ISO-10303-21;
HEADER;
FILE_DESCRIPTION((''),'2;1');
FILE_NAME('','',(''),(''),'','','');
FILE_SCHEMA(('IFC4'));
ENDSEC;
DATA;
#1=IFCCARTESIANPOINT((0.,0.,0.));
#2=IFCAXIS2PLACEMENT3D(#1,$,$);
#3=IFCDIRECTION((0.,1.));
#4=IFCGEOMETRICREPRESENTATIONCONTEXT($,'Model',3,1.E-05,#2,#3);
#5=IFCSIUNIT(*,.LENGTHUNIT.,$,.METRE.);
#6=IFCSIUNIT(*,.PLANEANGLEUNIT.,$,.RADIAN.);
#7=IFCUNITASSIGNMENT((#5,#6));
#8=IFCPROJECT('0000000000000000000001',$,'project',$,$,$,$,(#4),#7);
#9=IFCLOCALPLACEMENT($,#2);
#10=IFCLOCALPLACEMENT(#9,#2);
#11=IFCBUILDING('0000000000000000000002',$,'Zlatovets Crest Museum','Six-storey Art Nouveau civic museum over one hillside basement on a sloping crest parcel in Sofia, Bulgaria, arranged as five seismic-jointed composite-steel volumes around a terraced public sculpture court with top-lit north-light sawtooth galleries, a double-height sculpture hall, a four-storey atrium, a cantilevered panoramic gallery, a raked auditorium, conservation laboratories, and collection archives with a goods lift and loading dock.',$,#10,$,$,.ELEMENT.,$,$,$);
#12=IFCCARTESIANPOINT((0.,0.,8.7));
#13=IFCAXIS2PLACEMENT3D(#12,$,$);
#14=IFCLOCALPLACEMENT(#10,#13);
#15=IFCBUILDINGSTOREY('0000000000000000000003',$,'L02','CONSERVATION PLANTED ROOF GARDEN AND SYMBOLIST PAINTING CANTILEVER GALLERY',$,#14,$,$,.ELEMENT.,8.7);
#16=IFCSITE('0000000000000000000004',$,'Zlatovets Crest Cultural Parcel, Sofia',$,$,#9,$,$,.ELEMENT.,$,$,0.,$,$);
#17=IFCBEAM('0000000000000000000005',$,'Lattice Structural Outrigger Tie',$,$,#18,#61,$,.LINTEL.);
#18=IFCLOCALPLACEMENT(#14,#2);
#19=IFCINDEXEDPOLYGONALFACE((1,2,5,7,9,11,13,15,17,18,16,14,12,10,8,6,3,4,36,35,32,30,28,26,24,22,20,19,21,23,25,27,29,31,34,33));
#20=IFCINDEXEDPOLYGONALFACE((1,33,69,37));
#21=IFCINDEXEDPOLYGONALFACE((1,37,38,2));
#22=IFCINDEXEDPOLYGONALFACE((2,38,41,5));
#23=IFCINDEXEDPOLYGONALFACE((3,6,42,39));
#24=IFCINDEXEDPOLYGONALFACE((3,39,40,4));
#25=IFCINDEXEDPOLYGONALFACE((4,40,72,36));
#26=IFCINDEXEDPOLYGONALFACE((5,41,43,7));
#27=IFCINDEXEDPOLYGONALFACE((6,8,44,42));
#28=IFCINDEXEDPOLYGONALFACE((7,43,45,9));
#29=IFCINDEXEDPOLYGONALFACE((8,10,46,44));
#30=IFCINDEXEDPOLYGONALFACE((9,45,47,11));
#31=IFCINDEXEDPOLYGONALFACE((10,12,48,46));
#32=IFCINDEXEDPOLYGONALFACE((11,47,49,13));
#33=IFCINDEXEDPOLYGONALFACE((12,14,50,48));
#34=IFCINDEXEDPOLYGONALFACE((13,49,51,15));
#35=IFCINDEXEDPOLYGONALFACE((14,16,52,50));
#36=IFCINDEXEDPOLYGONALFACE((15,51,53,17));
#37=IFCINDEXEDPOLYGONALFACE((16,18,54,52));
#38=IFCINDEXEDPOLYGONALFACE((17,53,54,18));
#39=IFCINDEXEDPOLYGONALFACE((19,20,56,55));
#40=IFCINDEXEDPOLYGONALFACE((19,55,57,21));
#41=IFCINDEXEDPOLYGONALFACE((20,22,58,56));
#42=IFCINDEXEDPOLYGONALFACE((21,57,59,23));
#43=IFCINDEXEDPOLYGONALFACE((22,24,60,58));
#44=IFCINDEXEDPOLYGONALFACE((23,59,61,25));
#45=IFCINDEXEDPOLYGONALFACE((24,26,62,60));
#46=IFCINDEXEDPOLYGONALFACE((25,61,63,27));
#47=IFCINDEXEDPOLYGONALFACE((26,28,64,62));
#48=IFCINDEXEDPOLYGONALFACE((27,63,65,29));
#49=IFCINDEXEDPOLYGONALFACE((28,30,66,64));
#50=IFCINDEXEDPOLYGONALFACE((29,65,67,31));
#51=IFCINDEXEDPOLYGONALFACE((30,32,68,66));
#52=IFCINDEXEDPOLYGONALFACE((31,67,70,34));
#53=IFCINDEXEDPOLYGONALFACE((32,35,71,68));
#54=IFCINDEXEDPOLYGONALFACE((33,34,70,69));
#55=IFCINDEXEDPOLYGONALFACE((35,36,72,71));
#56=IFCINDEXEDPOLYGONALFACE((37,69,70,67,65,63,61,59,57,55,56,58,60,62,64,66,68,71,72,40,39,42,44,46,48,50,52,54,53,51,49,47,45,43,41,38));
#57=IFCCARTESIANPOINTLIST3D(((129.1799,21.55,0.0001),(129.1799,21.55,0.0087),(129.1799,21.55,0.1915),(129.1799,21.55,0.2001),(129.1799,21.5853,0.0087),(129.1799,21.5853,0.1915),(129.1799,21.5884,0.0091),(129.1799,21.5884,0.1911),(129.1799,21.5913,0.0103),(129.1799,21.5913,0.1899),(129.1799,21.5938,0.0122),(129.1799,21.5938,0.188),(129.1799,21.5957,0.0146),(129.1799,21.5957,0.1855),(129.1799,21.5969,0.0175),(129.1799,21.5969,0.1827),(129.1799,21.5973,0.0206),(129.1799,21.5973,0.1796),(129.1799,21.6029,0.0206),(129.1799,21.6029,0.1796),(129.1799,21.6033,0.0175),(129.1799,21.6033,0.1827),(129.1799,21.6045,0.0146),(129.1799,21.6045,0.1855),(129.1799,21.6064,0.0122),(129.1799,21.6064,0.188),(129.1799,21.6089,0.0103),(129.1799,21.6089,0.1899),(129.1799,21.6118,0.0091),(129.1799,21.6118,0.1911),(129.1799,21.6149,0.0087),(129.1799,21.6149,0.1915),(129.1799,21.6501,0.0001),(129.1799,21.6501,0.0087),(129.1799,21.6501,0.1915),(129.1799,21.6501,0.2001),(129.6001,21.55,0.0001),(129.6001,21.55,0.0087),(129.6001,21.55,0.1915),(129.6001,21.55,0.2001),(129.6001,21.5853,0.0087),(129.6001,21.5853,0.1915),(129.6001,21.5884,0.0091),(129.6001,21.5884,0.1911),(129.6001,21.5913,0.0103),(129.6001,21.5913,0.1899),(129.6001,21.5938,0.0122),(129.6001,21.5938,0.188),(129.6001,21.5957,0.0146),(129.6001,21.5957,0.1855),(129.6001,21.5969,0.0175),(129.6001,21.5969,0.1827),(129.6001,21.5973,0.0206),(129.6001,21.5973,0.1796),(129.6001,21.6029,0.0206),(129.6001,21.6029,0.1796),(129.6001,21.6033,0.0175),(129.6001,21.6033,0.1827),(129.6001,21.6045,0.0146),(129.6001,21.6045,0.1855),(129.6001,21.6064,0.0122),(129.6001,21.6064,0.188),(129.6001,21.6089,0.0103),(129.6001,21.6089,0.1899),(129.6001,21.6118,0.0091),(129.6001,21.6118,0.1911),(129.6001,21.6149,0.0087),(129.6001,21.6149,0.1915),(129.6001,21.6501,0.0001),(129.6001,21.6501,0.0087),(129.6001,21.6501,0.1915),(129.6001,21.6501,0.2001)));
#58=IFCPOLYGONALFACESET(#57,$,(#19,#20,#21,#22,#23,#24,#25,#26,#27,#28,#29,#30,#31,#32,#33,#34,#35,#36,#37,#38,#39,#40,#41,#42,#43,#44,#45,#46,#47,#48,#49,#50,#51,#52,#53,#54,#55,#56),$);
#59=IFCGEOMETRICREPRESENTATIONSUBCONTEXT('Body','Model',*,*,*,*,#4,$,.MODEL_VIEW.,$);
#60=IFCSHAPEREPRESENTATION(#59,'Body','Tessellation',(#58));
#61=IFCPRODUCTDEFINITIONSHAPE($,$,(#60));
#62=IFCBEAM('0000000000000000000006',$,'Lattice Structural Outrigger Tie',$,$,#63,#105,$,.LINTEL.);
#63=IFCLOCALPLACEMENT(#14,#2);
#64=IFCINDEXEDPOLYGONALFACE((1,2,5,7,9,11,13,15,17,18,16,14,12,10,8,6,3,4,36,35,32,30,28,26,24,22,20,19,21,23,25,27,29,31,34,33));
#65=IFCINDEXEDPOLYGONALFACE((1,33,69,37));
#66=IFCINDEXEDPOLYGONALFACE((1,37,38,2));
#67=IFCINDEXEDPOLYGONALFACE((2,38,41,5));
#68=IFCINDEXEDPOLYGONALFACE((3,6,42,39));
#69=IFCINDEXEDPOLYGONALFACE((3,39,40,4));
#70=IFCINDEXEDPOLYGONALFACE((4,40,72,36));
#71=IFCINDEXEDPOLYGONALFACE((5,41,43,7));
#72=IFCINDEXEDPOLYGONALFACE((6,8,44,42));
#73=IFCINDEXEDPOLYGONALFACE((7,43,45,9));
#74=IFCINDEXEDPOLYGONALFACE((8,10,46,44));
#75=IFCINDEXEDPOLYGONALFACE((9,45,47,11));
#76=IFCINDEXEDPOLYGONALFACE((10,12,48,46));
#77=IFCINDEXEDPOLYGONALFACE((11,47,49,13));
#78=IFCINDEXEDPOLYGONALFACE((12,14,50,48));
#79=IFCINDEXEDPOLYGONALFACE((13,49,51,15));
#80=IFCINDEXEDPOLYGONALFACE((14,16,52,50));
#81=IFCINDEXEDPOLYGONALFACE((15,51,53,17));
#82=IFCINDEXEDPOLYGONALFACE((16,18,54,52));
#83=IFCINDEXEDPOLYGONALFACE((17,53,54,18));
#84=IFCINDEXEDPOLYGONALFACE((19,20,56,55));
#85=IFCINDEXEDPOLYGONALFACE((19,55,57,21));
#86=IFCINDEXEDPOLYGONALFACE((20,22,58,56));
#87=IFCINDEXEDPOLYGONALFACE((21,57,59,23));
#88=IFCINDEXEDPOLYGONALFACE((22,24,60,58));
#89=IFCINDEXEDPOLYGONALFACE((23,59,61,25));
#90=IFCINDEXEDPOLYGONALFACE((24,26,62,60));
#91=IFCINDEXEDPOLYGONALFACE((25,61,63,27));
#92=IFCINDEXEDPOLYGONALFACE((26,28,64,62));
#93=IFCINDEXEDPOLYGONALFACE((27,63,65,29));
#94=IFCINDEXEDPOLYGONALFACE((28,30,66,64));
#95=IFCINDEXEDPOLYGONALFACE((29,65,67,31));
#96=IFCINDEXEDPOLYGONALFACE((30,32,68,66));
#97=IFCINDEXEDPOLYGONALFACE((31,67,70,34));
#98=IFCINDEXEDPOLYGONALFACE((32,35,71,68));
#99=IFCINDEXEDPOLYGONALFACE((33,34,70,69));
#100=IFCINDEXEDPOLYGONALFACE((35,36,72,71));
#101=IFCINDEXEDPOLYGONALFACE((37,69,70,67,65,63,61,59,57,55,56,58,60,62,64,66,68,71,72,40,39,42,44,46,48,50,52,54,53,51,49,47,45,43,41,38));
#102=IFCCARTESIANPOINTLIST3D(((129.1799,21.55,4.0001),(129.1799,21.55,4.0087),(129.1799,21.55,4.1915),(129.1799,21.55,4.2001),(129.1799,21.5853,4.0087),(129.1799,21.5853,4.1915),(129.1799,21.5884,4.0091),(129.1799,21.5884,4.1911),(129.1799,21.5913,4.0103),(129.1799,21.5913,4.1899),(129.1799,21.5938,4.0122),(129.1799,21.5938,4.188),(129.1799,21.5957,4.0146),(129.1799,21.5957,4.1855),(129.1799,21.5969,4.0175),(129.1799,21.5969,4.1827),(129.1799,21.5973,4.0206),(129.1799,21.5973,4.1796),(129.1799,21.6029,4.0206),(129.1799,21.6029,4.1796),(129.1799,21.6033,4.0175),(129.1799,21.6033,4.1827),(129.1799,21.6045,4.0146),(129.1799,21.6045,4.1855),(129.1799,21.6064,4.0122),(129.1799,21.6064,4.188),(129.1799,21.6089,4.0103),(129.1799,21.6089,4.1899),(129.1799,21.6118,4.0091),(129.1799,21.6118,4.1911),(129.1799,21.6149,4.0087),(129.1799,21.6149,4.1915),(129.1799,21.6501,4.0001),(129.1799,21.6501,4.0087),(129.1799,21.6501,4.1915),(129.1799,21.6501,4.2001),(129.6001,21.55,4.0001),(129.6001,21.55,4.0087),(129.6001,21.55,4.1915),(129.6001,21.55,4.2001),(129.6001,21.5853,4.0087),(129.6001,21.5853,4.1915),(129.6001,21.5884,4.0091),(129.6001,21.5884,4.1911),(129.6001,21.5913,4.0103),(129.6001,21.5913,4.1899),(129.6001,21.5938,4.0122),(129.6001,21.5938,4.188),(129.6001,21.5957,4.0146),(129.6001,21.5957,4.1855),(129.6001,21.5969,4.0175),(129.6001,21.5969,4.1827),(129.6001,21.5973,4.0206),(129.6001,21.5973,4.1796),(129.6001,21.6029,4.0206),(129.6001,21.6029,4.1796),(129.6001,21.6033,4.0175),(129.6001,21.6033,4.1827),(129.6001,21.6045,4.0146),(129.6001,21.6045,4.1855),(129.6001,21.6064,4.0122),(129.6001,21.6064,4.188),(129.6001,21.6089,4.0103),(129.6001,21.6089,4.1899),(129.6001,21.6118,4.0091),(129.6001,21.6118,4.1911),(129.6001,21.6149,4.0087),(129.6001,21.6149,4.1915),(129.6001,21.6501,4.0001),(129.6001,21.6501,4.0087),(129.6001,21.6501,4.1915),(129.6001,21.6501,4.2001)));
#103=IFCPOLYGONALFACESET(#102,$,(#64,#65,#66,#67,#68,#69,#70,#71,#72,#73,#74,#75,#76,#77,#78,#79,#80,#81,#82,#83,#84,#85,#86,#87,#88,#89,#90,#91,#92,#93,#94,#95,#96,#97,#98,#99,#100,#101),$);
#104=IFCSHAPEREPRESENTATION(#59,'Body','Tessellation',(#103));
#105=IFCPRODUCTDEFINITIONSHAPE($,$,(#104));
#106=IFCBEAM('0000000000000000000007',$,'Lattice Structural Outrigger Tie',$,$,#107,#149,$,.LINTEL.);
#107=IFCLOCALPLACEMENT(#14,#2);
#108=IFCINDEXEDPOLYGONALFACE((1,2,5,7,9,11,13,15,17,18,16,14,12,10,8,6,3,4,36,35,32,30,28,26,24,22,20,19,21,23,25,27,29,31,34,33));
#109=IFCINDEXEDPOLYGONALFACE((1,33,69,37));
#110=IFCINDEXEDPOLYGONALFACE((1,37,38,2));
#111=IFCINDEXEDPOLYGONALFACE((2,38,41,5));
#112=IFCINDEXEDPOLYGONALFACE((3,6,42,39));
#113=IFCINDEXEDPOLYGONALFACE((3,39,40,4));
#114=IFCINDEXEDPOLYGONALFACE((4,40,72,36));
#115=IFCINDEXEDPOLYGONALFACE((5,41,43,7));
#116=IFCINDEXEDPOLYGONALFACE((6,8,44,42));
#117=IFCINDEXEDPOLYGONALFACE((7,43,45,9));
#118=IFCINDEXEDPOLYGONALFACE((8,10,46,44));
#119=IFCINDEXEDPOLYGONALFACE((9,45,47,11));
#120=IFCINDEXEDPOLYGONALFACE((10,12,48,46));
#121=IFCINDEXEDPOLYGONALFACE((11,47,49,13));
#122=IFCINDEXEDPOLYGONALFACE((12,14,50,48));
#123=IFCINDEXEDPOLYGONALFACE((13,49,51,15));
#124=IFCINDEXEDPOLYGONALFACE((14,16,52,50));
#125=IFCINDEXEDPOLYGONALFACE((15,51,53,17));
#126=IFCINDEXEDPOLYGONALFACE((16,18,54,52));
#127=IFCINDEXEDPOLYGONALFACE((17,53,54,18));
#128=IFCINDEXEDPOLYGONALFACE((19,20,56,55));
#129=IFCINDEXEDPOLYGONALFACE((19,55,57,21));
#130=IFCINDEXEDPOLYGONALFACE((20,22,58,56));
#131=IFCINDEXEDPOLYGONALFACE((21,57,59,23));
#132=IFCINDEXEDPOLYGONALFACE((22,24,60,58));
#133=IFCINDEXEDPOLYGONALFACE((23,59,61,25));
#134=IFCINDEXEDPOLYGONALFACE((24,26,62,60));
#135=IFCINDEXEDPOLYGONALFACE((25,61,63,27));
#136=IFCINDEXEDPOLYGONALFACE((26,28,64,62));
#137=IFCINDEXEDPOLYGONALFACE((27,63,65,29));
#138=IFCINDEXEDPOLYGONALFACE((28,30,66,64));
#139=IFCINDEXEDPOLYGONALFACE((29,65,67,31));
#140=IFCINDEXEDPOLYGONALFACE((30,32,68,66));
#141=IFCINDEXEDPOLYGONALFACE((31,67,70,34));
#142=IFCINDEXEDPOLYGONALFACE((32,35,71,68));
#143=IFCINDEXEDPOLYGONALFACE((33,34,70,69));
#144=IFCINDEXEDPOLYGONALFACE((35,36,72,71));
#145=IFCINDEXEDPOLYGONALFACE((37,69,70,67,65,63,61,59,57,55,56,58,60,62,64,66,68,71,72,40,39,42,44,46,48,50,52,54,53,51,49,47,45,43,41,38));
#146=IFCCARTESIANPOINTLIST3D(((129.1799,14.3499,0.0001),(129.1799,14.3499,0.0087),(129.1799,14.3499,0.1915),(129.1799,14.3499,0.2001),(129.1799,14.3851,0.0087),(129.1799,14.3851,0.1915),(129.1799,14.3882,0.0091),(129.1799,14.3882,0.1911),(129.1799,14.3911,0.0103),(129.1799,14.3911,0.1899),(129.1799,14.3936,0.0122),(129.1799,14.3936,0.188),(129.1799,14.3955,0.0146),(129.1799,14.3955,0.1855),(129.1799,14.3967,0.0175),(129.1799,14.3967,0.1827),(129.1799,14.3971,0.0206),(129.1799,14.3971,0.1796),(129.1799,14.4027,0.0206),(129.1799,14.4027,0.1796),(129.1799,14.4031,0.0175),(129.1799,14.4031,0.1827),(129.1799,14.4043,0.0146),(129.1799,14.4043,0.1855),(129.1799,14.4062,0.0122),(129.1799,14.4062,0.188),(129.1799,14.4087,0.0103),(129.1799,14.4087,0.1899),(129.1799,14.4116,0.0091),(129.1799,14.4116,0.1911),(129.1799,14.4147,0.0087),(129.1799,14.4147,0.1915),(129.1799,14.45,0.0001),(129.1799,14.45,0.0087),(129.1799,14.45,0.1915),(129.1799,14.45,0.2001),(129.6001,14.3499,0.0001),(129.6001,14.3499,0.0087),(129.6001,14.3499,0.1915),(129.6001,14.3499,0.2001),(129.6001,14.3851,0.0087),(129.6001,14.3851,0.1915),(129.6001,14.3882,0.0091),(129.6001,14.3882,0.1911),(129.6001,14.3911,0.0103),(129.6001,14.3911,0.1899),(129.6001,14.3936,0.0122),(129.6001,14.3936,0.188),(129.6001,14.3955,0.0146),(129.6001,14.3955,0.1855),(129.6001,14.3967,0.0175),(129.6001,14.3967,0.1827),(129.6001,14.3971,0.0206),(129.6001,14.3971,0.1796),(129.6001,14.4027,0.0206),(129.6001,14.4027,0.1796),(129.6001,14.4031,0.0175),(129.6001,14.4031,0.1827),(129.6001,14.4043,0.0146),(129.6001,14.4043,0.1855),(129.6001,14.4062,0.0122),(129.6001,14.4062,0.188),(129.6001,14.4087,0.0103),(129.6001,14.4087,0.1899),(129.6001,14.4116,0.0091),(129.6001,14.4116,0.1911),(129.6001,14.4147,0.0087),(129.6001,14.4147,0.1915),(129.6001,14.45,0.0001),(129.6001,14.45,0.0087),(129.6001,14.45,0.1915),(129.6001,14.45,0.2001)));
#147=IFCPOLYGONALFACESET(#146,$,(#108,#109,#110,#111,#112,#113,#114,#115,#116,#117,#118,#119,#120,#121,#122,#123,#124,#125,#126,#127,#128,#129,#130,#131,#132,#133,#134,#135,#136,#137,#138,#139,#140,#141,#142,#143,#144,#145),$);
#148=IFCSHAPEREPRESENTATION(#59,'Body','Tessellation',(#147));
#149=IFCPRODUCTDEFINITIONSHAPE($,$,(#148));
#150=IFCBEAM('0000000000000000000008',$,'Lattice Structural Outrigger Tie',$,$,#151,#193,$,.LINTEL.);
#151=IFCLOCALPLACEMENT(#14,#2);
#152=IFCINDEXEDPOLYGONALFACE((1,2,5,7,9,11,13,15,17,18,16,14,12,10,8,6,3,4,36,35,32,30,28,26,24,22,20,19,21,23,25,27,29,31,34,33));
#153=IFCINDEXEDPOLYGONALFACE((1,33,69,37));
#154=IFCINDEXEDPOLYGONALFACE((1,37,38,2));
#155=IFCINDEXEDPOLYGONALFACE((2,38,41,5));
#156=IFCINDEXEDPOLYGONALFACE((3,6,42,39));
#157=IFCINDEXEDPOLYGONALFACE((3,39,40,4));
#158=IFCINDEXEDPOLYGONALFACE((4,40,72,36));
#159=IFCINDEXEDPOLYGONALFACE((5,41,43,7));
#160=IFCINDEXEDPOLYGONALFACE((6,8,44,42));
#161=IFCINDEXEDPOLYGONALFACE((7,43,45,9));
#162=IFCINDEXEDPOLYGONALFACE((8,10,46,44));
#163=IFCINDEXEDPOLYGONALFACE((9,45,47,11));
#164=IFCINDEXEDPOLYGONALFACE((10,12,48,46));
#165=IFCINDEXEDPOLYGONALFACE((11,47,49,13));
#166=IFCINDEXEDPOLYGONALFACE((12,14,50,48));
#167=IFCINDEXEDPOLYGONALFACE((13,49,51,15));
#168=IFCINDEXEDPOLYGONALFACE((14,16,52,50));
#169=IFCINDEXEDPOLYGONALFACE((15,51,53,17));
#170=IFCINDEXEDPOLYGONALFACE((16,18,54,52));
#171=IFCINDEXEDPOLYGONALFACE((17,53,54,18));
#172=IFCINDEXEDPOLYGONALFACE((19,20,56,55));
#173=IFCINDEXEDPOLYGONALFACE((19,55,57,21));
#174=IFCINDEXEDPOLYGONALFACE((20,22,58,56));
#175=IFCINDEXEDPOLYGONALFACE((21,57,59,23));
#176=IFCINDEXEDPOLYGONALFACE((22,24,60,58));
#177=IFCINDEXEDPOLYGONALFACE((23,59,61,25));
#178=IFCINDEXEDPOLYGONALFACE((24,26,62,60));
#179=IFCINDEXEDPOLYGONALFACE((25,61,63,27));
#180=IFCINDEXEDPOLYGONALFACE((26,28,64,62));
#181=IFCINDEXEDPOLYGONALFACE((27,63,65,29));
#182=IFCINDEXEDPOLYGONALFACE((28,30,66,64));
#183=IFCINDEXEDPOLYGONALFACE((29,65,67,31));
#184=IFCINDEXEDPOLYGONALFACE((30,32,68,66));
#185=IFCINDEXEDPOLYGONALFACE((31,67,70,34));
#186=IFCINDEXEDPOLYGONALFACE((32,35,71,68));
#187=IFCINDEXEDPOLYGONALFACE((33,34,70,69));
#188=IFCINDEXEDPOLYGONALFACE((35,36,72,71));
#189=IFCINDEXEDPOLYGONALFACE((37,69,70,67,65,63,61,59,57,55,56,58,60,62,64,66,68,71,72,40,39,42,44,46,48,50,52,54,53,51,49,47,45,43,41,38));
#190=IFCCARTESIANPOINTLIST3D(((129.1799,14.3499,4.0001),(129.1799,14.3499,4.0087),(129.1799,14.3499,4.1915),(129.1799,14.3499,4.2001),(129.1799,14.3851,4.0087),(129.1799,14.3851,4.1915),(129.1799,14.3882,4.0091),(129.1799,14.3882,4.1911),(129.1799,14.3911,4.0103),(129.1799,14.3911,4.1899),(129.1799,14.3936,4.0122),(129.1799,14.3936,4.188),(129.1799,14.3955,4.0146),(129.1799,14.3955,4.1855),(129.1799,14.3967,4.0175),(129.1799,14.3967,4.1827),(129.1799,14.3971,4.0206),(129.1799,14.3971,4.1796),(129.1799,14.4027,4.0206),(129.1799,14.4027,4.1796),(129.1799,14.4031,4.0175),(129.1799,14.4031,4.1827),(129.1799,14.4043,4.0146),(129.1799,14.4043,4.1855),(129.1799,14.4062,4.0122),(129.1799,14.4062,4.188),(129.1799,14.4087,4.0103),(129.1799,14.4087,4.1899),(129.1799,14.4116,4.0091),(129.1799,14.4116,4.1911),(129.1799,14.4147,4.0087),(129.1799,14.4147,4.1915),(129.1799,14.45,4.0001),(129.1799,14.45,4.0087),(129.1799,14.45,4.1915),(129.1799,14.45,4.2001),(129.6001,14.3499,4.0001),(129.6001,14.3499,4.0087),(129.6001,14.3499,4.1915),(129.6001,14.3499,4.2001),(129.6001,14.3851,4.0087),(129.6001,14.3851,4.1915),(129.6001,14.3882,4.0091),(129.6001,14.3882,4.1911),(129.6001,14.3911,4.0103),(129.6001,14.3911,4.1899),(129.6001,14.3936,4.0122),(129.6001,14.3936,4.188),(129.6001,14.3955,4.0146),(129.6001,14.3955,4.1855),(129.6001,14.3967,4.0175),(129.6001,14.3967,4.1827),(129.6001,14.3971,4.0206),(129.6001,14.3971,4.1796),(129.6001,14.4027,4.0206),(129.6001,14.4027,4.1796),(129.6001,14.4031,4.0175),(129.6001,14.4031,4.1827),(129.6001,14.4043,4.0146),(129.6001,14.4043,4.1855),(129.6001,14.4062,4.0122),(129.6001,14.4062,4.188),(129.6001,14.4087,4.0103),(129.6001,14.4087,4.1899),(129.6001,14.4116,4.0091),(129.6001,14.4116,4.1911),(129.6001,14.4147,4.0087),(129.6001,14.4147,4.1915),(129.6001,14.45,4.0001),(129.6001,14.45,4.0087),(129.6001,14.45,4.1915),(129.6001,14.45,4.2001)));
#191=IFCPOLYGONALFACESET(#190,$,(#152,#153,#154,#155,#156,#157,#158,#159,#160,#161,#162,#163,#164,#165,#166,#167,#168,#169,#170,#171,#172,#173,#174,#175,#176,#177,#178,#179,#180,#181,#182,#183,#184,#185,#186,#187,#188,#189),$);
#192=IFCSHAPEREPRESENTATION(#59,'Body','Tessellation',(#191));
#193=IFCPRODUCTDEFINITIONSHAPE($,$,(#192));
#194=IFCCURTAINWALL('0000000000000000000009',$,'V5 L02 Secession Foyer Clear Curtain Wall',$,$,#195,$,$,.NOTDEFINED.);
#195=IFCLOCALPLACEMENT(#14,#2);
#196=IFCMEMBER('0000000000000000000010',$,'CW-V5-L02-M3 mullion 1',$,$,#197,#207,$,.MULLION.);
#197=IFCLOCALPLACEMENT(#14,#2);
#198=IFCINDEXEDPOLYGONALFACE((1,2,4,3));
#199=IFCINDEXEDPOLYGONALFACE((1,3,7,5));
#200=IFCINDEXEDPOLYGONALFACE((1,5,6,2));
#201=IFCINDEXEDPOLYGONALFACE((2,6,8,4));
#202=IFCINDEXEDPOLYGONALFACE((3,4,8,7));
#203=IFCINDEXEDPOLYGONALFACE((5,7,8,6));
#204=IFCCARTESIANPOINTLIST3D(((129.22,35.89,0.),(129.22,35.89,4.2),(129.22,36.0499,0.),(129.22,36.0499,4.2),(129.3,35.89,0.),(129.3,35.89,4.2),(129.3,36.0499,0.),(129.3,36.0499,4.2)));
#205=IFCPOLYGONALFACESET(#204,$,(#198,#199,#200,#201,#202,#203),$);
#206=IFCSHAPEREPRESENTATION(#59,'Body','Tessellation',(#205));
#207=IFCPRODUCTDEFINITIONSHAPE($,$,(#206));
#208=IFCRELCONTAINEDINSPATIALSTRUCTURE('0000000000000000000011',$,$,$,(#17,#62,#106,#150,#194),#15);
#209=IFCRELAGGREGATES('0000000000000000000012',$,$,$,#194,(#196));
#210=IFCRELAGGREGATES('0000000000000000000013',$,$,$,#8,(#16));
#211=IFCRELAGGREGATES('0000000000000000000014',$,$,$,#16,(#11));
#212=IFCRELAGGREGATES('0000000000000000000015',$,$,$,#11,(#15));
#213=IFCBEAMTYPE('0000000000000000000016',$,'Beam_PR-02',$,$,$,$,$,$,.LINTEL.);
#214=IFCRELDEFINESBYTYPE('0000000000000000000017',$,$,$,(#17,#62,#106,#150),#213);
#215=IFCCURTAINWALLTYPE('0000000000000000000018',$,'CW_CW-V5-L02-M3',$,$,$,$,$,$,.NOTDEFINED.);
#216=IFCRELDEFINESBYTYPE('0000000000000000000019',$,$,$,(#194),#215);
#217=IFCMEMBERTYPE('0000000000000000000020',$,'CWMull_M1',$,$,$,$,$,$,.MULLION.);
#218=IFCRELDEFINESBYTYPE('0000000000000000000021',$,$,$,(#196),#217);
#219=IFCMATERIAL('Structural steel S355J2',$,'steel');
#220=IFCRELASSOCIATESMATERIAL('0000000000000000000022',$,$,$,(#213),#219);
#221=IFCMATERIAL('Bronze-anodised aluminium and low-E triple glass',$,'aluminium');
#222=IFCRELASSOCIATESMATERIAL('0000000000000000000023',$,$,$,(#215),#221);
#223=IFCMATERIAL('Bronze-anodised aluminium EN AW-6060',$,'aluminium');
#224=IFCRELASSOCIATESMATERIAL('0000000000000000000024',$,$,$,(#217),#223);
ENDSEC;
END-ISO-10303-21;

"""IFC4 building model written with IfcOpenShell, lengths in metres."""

from ifc_helpers import new_model, si_unit, direction, frame, origin, origin_2d, place, context, subcontext, project, spatial, rectangle, i_section, extrude, material, material_profile, profile_set, type_object, element, aggregate, save


model = new_model("IFC4")

# Units and contexts
model_context = context("Model", 3, precision=1e-05, world=origin(), true_north=direction((0.0, 1.0)))
body_context = subcontext(model_context, "Body", "Model", "MODEL_VIEW")
ifc_project = project(units=[si_unit("LENGTHUNIT", "METRE"), si_unit("PLANEANGLEUNIT", "RADIAN")], contexts=[model_context])

# Site, building, storey
site_placement = place(None, origin())
site = spatial("IfcSite", under=ifc_project, at=site_placement, Name="Zlatovets Crest Cultural Parcel, Sofia", CompositionType="ELEMENT", RefElevation=0.0)
building_placement = place(site_placement, origin())
building = spatial("IfcBuilding", under=site, at=building_placement, Name="Zlatovets Crest Museum", Description="Six-storey Art Nouveau civic museum over one hillside basement on a sloping crest parcel in Sofia, Bulgaria, arranged as five seismic-jointed composite-steel volumes around a terraced public sculpture court with top-lit north-light sawtooth galleries, a double-height sculpture hall, a four-storey atrium, a cantilevered panoramic gallery, a raked auditorium, conservation laboratories, and collection archives with a goods lift and loading dock.", CompositionType="ELEMENT")
storey_placement = place(building_placement, frame((0.0, 0.0, 8.7)))
storey = spatial("IfcBuildingStorey", under=building, at=storey_placement, Name="L02", Description="CONSERVATION PLANTED ROOF GARDEN AND SYMBOLIST PAINTING CANTILEVER GALLERY", CompositionType="ELEMENT", Elevation=8.7)

# Shared definitions
ifc_material_1 = material(Name="Structural steel S355J2", Category="steel")

# Beams
ifc_material_profile_1 = material_profile(ifc_material_1, i_section(OverallWidth=0.1001, OverallDepth=0.2, WebThickness=0.0056, FlangeThickness=0.0085, FilletRadius=0.012, at=origin_2d()), Name="IPE 200")
ifc_profile_set_1 = profile_set([ifc_material_profile_1], Name="Structural steel S355J2")
beam_type_1 = type_object("IfcBeamType", Name="Beam_PR-02", PredefinedType="LINTEL", material=ifc_profile_set_1)
for number, where, z_axis, x_axis, name in (
    (1, (129.6001, 21.6001, 0.1001), (-1.0, 0.0, 0.0), (0.0, -1.0, 0.0), "Lattice Structural Outrigger Tie"),
    (2, (129.6001, 21.6001, 4.1001), (-1.0, 0.0, 0.0), (0.0, -1.0, 0.0), "Lattice Structural Outrigger Tie"),
    (3, (129.6001, 14.3999, 0.1001), (-1.0, 0.0, 0.0), (0.0, -1.0, 0.0), "Lattice Structural Outrigger Tie"),
    (4, (129.6001, 14.3999, 4.1001), (-1.0, 0.0, 0.0), (0.0, -1.0, 0.0), "Lattice Structural Outrigger Tie"),
):
    element("IfcBeam", number, at=place(storey_placement, frame(where, z_axis=z_axis, x_axis=x_axis)), inside=storey, type_object=beam_type_1, Name=name, PredefinedType="LINTEL", context=body_context, shape_type="SweptSolid", body=[
        extrude(i_section(OverallWidth=0.1001, OverallDepth=0.2, WebThickness=0.0056, FlangeThickness=0.0085, FilletRadius=0.012, at=origin_2d()), origin(), (0.0, 0.0, 1.0), 0.4202),
    ])

# Curtain wall, member
ifc_material_2 = material(Name="Bronze-anodised aluminium and low-E triple glass", Category="aluminium")
curtain_wall_type_1 = type_object("IfcCurtainWallType", Name="CW_CW-V5-L02-M3", PredefinedType="NOTDEFINED", material=ifc_material_2)
curtain_wall_1_placement = place(storey_placement, origin())
curtain_wall_1 = element("IfcCurtainWall", 5, at=curtain_wall_1_placement, inside=storey, type_object=curtain_wall_type_1, Name="V5 L02 Secession Foyer Clear Curtain Wall", PredefinedType="NOTDEFINED")
ifc_material_3 = material(Name="Bronze-anodised aluminium EN AW-6060", Category="aluminium")
ifc_material_profile_2 = material_profile(ifc_material_3, rectangle(XDim=0.0801, YDim=0.1599, at=origin_2d()), Name="ALU 80x160")
ifc_profile_set_2 = profile_set([ifc_material_profile_2], Name="Bronze-anodised aluminium EN AW-6060")
member_type_1 = type_object("IfcMemberType", Name="CWMull_M1", PredefinedType="MULLION", material=ifc_profile_set_2)
member_1_placement = place(storey_placement, frame((129.26, 35.97, 0.0), z_axis=(0.0, 0.0, 1.0), x_axis=(1.0, 0.0, 0.0)))
member_1 = element("IfcMember", 6, at=member_1_placement, type_object=member_type_1, Name="CW-V5-L02-M3 mullion 1", PredefinedType="MULLION", context=body_context, shape_type="SweptSolid", body=[
    extrude(rectangle(XDim=0.0801, YDim=0.1599, at=origin_2d()), origin(), (0.0, 0.0, 1.0), 4.2),
])

aggregate(curtain_wall_1, [member_1])

save(model, "model.ifc")
